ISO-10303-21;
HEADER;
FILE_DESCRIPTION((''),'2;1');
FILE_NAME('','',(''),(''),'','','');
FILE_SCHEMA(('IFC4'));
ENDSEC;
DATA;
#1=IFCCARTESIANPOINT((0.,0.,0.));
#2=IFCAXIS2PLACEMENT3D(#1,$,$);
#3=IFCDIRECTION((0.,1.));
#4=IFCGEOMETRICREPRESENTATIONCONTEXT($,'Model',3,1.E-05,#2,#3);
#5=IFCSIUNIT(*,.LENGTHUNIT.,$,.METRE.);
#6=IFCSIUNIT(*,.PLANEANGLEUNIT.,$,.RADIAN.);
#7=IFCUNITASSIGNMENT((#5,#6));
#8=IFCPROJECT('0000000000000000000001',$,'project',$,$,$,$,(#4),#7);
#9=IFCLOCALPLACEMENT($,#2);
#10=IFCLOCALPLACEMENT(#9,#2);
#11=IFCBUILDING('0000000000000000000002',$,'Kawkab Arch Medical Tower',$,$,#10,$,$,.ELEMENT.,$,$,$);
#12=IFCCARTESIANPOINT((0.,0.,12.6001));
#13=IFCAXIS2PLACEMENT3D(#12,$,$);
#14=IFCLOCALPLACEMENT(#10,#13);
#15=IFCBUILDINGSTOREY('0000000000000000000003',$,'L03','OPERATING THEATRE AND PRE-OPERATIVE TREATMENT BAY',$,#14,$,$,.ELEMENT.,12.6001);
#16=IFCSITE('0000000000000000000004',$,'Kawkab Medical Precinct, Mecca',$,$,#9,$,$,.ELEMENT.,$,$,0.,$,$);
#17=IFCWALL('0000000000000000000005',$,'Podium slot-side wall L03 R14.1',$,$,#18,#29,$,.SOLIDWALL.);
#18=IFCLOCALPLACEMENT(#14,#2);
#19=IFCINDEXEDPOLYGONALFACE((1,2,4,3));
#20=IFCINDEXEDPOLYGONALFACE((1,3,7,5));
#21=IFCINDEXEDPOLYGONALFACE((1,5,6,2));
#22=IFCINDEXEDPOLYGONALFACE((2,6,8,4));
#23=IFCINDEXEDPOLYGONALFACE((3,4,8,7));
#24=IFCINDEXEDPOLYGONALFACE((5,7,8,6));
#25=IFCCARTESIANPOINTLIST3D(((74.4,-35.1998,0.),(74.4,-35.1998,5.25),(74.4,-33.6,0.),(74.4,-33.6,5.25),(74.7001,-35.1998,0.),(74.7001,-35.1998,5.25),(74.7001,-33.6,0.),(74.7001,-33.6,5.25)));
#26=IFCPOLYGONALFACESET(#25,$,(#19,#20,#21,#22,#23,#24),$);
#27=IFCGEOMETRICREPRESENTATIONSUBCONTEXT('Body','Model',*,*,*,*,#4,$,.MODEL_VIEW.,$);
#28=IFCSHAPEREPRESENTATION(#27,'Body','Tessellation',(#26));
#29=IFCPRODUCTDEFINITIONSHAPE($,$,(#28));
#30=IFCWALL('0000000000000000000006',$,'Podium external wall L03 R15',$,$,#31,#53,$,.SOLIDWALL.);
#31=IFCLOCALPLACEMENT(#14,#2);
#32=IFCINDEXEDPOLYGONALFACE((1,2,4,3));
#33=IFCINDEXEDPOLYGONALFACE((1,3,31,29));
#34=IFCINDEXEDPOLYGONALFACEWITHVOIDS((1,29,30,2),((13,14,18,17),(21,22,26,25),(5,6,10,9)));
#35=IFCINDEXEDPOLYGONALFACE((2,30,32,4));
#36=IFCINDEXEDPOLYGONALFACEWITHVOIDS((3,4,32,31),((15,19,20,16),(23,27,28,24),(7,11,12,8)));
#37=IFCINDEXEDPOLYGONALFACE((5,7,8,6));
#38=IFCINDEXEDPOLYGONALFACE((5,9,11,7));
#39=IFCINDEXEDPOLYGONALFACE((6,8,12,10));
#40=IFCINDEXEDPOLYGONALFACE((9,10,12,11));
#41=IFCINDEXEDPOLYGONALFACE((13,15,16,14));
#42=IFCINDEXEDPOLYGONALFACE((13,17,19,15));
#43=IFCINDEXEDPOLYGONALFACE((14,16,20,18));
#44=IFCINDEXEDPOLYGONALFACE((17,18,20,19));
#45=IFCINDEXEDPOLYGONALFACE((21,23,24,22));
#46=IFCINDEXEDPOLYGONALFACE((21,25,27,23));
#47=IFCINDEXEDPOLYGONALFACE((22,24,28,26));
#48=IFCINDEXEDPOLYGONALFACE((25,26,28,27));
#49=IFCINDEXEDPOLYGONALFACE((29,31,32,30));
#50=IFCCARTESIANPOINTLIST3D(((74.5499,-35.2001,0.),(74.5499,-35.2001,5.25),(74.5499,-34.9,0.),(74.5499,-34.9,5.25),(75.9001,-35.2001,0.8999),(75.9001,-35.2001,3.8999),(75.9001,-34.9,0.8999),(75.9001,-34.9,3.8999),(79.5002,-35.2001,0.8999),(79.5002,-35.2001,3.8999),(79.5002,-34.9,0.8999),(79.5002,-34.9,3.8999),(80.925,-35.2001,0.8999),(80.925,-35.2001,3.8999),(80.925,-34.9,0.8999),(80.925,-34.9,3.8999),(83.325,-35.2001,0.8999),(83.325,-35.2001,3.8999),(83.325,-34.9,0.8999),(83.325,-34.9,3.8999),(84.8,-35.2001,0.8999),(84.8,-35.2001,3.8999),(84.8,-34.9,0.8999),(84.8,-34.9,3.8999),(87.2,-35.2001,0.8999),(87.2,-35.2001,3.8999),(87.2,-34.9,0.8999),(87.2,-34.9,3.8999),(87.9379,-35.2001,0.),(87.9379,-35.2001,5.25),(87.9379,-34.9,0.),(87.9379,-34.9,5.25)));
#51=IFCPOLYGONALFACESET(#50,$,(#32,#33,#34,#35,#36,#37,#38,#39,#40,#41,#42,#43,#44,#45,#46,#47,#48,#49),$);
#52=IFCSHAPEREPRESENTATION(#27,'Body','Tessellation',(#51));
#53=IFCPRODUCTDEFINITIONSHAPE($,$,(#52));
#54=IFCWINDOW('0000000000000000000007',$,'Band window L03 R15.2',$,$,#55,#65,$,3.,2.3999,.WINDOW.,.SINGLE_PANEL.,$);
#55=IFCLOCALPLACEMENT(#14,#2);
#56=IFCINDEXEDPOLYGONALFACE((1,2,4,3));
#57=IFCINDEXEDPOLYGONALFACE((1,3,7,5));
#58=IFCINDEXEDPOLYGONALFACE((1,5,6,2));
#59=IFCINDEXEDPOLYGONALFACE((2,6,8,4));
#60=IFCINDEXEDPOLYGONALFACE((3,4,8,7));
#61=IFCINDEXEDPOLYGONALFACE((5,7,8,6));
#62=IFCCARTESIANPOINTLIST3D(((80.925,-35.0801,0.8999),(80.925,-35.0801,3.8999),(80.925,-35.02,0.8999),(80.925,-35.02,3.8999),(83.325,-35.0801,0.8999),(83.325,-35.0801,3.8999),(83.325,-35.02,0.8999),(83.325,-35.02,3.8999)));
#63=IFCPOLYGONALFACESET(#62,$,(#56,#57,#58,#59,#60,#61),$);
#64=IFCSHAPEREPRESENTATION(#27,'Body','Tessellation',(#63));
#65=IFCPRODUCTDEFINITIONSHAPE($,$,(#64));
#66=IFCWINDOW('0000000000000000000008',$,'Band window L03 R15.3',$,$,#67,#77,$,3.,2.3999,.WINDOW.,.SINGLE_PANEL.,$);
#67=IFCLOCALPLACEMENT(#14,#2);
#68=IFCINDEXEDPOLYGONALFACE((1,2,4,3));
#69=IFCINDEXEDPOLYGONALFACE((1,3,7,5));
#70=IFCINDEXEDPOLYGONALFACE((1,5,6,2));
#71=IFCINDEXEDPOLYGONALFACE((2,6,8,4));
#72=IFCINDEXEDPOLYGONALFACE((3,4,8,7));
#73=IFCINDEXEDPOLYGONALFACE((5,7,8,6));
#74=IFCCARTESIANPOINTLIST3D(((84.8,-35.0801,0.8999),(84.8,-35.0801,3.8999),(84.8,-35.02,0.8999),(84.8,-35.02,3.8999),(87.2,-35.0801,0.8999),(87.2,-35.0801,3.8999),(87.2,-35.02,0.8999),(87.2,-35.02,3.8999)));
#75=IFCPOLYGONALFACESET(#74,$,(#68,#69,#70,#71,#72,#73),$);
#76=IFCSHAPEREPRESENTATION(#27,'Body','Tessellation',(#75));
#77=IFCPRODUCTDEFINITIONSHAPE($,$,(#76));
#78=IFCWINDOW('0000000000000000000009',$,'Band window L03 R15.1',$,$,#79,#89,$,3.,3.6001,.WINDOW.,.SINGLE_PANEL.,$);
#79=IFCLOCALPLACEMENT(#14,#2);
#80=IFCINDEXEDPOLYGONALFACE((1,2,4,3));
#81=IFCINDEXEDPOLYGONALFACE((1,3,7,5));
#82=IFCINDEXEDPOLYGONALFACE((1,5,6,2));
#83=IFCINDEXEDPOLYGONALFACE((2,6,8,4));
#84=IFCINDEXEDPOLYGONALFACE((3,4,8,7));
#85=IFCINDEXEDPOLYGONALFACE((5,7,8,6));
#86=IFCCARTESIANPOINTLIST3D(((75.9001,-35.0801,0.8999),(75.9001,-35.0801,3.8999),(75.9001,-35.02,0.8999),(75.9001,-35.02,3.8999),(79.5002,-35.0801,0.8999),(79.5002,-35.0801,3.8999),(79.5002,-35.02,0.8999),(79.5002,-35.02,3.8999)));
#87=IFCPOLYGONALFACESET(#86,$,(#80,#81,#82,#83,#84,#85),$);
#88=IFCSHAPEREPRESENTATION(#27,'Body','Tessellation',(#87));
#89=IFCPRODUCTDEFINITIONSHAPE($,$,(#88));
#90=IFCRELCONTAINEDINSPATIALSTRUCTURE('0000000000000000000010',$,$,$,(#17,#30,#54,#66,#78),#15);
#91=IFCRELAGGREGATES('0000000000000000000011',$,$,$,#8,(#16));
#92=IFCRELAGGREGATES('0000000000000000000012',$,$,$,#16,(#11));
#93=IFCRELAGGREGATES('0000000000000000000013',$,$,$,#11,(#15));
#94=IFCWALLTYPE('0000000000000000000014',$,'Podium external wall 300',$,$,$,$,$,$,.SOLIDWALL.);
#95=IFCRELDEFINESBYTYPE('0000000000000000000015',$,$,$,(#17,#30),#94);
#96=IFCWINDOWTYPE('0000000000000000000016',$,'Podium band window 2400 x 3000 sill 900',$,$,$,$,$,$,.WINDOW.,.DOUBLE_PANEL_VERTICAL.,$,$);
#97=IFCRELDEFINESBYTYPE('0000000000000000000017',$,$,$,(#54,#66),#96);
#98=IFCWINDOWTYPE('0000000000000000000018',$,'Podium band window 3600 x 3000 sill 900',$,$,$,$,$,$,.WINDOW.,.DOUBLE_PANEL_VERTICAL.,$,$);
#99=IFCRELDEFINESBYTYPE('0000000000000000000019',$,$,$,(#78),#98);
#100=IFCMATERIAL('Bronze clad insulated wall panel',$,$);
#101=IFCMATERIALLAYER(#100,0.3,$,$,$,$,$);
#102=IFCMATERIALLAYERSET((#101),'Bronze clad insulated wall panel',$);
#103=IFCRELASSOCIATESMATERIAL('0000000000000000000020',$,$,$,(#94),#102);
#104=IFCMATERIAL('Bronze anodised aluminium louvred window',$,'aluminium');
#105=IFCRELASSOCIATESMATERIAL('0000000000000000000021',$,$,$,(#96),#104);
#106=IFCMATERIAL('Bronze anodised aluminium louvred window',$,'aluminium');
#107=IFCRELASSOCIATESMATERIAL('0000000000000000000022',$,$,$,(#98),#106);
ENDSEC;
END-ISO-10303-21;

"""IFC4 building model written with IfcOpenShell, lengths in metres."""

from ifc_helpers import new_model, si_unit, direction, frame, frame_2d, origin, place, context, subcontext, project, spatial, rectangle, extrude, material, layer, layer_set, type_object, element, fill, save


model = new_model("IFC4")

# Units and contexts
model_context = context("Model", 3, precision=1e-05, world=origin(), true_north=direction((0.0, 1.0)))
body_context = subcontext(model_context, "Body", "Model", "MODEL_VIEW")
ifc_project = project(units=[si_unit("LENGTHUNIT", "METRE"), si_unit("PLANEANGLEUNIT", "RADIAN")], contexts=[model_context])

# Site, building, storey
site_placement = place(None, origin())
site = spatial("IfcSite", under=ifc_project, at=site_placement, Name="Kawkab Medical Precinct, Mecca", CompositionType="ELEMENT", RefElevation=0.0)
building_placement = place(site_placement, origin())
building = spatial("IfcBuilding", under=site, at=building_placement, Name="Kawkab Arch Medical Tower", CompositionType="ELEMENT")
storey_placement = place(building_placement, frame((0.0, 0.0, 12.6001)))
storey = spatial("IfcBuildingStorey", under=building, at=storey_placement, Name="L03", Description="OPERATING THEATRE AND PRE-OPERATIVE TREATMENT BAY", CompositionType="ELEMENT", Elevation=12.6001)

# Wall
ifc_material_1 = material(Name="Bronze clad insulated wall panel")
ifc_layer_1 = layer(ifc_material_1, 0.3)
ifc_layer_set_1 = layer_set([ifc_layer_1], Name="Bronze clad insulated wall panel")
wall_type_1 = type_object("IfcWallType", Name="Podium external wall 300", PredefinedType="SOLIDWALL", material=ifc_layer_set_1)
for number, where, z_axis, x_axis, name in (
    (1, (74.55, -33.6001, 0.0), (0.0, 0.0, 1.0), (0.0, -1.0, 0.0), "Podium slot-side wall L03 R14.1"),
):
    element("IfcWall", number, at=place(storey_placement, frame(where, z_axis=z_axis, x_axis=x_axis)), inside=storey, type_object=wall_type_1, Name=name, PredefinedType="SOLIDWALL", context=body_context, shape_type="SweptSolid", body=[
        extrude(rectangle(XDim=1.5999, YDim=0.3, at=frame_2d((0.7998, 0.0))), origin(), (0.0, 0.0, 1.0), 5.25),
    ])

# Wall, openings, windows
wall_1_placement = place(storey_placement, frame((74.55, -35.05, 0.0), z_axis=(0.0, 0.0, 1.0), x_axis=(1.0, 0.0, 0.0)))
wall_1 = element("IfcWall", 2, at=wall_1_placement, inside=storey, type_object=wall_type_1, Name="Podium external wall L03 R15", PredefinedType="SOLIDWALL", context=body_context, shape_type="SweptSolid", body=[
    extrude(rectangle(XDim=13.3879, YDim=0.3, at=frame_2d((6.6938, 0.0))), origin(), (0.0, 0.0, 1.0), 5.25),
])
opening_1_placement = place(wall_1_placement, frame((1.3501, 0.0, 0.8999)))
opening_1 = element("IfcOpeningElement", 3, at=opening_1_placement, cuts=wall_1, PredefinedType="OPENING", context=body_context, shape_type="SweptSolid", body=[
    extrude(rectangle(XDim=3.6001, YDim=3.0, at=frame_2d((1.8, 1.5))), frame((0.0, 0.1599, 0.0), z_axis=(0.0, -1.0, 0.0), x_axis=(1.0, 0.0, 0.0)), (0.0, 0.0, 1.0), 0.3201),
])
opening_2_placement = place(wall_1_placement, frame((6.375, 0.0, 0.8999)))
opening_2 = element("IfcOpeningElement", 4, at=opening_2_placement, cuts=wall_1, PredefinedType="OPENING", context=body_context, shape_type="SweptSolid", body=[
    extrude(rectangle(XDim=2.3999, YDim=3.0, at=frame_2d((1.2, 1.5))), frame((0.0, 0.1599, 0.0), z_axis=(0.0, -1.0, 0.0), x_axis=(1.0, 0.0, 0.0)), (0.0, 0.0, 1.0), 0.3201),
])
opening_3_placement = place(wall_1_placement, frame((10.25, 0.0, 0.8999)))
opening_3 = element("IfcOpeningElement", 5, at=opening_3_placement, cuts=wall_1, PredefinedType="OPENING", context=body_context, shape_type="SweptSolid", body=[
    extrude(rectangle(XDim=2.3999, YDim=3.0, at=frame_2d((1.2, 1.5))), frame((0.0, 0.1599, 0.0), z_axis=(0.0, -1.0, 0.0), x_axis=(1.0, 0.0, 0.0)), (0.0, 0.0, 1.0), 0.3201),
])
ifc_material_2 = material(Name="Bronze anodised aluminium louvred window", Category="aluminium")
window_type_1 = type_object("IfcWindowType", Name="Podium band window 2400 x 3000 sill 900", PartitioningType="DOUBLE_PANEL_VERTICAL", PredefinedType="WINDOW", material=ifc_material_2)
window_1_placement = place(opening_2_placement, origin())
window_1 = element("IfcWindow", 6, at=window_1_placement, inside=storey, type_object=window_type_1, Name="Band window L03 R15.2", OverallHeight=3.0, OverallWidth=2.3999, PartitioningType="SINGLE_PANEL", PredefinedType="WINDOW", context=body_context, shape_type="SweptSolid", body=[
    extrude(rectangle(XDim=2.3999, YDim=3.0, at=frame_2d((1.2, 1.5))), frame((0.0, 0.03, 0.0), z_axis=(0.0, -1.0, 0.0), x_axis=(1.0, 0.0, 0.0)), (0.0, 0.0, 1.0), 0.0601),
])
fill(opening_2, window_1)
window_2_placement = place(opening_3_placement, origin())
window_2 = element("IfcWindow", 7, at=window_2_placement, inside=storey, type_object=window_type_1, Name="Band window L03 R15.3", OverallHeight=3.0, OverallWidth=2.3999, PartitioningType="SINGLE_PANEL", PredefinedType="WINDOW", context=body_context, shape_type="SweptSolid", body=[
    extrude(rectangle(XDim=2.3999, YDim=3.0, at=frame_2d((1.2, 1.5))), frame((0.0, 0.03, 0.0), z_axis=(0.0, -1.0, 0.0), x_axis=(1.0, 0.0, 0.0)), (0.0, 0.0, 1.0), 0.0601),
])
fill(opening_3, window_2)
ifc_material_3 = material(Name="Bronze anodised aluminium louvred window", Category="aluminium")
window_type_2 = type_object("IfcWindowType", Name="Podium band window 3600 x 3000 sill 900", PartitioningType="DOUBLE_PANEL_VERTICAL", PredefinedType="WINDOW", material=ifc_material_3)
window_3_placement = place(opening_1_placement, origin())
window_3 = element("IfcWindow", 8, at=window_3_placement, inside=storey, type_object=window_type_2, Name="Band window L03 R15.1", OverallHeight=3.0, OverallWidth=3.6001, PartitioningType="SINGLE_PANEL", PredefinedType="WINDOW", context=body_context, shape_type="SweptSolid", body=[
    extrude(rectangle(XDim=3.6001, YDim=3.0, at=frame_2d((1.8, 1.5))), frame((0.0, 0.03, 0.0), z_axis=(0.0, -1.0, 0.0), x_axis=(1.0, 0.0, 0.0)), (0.0, 0.0, 1.0), 0.0601),
])
fill(opening_1, window_3)

save(model, "model.ifc")
